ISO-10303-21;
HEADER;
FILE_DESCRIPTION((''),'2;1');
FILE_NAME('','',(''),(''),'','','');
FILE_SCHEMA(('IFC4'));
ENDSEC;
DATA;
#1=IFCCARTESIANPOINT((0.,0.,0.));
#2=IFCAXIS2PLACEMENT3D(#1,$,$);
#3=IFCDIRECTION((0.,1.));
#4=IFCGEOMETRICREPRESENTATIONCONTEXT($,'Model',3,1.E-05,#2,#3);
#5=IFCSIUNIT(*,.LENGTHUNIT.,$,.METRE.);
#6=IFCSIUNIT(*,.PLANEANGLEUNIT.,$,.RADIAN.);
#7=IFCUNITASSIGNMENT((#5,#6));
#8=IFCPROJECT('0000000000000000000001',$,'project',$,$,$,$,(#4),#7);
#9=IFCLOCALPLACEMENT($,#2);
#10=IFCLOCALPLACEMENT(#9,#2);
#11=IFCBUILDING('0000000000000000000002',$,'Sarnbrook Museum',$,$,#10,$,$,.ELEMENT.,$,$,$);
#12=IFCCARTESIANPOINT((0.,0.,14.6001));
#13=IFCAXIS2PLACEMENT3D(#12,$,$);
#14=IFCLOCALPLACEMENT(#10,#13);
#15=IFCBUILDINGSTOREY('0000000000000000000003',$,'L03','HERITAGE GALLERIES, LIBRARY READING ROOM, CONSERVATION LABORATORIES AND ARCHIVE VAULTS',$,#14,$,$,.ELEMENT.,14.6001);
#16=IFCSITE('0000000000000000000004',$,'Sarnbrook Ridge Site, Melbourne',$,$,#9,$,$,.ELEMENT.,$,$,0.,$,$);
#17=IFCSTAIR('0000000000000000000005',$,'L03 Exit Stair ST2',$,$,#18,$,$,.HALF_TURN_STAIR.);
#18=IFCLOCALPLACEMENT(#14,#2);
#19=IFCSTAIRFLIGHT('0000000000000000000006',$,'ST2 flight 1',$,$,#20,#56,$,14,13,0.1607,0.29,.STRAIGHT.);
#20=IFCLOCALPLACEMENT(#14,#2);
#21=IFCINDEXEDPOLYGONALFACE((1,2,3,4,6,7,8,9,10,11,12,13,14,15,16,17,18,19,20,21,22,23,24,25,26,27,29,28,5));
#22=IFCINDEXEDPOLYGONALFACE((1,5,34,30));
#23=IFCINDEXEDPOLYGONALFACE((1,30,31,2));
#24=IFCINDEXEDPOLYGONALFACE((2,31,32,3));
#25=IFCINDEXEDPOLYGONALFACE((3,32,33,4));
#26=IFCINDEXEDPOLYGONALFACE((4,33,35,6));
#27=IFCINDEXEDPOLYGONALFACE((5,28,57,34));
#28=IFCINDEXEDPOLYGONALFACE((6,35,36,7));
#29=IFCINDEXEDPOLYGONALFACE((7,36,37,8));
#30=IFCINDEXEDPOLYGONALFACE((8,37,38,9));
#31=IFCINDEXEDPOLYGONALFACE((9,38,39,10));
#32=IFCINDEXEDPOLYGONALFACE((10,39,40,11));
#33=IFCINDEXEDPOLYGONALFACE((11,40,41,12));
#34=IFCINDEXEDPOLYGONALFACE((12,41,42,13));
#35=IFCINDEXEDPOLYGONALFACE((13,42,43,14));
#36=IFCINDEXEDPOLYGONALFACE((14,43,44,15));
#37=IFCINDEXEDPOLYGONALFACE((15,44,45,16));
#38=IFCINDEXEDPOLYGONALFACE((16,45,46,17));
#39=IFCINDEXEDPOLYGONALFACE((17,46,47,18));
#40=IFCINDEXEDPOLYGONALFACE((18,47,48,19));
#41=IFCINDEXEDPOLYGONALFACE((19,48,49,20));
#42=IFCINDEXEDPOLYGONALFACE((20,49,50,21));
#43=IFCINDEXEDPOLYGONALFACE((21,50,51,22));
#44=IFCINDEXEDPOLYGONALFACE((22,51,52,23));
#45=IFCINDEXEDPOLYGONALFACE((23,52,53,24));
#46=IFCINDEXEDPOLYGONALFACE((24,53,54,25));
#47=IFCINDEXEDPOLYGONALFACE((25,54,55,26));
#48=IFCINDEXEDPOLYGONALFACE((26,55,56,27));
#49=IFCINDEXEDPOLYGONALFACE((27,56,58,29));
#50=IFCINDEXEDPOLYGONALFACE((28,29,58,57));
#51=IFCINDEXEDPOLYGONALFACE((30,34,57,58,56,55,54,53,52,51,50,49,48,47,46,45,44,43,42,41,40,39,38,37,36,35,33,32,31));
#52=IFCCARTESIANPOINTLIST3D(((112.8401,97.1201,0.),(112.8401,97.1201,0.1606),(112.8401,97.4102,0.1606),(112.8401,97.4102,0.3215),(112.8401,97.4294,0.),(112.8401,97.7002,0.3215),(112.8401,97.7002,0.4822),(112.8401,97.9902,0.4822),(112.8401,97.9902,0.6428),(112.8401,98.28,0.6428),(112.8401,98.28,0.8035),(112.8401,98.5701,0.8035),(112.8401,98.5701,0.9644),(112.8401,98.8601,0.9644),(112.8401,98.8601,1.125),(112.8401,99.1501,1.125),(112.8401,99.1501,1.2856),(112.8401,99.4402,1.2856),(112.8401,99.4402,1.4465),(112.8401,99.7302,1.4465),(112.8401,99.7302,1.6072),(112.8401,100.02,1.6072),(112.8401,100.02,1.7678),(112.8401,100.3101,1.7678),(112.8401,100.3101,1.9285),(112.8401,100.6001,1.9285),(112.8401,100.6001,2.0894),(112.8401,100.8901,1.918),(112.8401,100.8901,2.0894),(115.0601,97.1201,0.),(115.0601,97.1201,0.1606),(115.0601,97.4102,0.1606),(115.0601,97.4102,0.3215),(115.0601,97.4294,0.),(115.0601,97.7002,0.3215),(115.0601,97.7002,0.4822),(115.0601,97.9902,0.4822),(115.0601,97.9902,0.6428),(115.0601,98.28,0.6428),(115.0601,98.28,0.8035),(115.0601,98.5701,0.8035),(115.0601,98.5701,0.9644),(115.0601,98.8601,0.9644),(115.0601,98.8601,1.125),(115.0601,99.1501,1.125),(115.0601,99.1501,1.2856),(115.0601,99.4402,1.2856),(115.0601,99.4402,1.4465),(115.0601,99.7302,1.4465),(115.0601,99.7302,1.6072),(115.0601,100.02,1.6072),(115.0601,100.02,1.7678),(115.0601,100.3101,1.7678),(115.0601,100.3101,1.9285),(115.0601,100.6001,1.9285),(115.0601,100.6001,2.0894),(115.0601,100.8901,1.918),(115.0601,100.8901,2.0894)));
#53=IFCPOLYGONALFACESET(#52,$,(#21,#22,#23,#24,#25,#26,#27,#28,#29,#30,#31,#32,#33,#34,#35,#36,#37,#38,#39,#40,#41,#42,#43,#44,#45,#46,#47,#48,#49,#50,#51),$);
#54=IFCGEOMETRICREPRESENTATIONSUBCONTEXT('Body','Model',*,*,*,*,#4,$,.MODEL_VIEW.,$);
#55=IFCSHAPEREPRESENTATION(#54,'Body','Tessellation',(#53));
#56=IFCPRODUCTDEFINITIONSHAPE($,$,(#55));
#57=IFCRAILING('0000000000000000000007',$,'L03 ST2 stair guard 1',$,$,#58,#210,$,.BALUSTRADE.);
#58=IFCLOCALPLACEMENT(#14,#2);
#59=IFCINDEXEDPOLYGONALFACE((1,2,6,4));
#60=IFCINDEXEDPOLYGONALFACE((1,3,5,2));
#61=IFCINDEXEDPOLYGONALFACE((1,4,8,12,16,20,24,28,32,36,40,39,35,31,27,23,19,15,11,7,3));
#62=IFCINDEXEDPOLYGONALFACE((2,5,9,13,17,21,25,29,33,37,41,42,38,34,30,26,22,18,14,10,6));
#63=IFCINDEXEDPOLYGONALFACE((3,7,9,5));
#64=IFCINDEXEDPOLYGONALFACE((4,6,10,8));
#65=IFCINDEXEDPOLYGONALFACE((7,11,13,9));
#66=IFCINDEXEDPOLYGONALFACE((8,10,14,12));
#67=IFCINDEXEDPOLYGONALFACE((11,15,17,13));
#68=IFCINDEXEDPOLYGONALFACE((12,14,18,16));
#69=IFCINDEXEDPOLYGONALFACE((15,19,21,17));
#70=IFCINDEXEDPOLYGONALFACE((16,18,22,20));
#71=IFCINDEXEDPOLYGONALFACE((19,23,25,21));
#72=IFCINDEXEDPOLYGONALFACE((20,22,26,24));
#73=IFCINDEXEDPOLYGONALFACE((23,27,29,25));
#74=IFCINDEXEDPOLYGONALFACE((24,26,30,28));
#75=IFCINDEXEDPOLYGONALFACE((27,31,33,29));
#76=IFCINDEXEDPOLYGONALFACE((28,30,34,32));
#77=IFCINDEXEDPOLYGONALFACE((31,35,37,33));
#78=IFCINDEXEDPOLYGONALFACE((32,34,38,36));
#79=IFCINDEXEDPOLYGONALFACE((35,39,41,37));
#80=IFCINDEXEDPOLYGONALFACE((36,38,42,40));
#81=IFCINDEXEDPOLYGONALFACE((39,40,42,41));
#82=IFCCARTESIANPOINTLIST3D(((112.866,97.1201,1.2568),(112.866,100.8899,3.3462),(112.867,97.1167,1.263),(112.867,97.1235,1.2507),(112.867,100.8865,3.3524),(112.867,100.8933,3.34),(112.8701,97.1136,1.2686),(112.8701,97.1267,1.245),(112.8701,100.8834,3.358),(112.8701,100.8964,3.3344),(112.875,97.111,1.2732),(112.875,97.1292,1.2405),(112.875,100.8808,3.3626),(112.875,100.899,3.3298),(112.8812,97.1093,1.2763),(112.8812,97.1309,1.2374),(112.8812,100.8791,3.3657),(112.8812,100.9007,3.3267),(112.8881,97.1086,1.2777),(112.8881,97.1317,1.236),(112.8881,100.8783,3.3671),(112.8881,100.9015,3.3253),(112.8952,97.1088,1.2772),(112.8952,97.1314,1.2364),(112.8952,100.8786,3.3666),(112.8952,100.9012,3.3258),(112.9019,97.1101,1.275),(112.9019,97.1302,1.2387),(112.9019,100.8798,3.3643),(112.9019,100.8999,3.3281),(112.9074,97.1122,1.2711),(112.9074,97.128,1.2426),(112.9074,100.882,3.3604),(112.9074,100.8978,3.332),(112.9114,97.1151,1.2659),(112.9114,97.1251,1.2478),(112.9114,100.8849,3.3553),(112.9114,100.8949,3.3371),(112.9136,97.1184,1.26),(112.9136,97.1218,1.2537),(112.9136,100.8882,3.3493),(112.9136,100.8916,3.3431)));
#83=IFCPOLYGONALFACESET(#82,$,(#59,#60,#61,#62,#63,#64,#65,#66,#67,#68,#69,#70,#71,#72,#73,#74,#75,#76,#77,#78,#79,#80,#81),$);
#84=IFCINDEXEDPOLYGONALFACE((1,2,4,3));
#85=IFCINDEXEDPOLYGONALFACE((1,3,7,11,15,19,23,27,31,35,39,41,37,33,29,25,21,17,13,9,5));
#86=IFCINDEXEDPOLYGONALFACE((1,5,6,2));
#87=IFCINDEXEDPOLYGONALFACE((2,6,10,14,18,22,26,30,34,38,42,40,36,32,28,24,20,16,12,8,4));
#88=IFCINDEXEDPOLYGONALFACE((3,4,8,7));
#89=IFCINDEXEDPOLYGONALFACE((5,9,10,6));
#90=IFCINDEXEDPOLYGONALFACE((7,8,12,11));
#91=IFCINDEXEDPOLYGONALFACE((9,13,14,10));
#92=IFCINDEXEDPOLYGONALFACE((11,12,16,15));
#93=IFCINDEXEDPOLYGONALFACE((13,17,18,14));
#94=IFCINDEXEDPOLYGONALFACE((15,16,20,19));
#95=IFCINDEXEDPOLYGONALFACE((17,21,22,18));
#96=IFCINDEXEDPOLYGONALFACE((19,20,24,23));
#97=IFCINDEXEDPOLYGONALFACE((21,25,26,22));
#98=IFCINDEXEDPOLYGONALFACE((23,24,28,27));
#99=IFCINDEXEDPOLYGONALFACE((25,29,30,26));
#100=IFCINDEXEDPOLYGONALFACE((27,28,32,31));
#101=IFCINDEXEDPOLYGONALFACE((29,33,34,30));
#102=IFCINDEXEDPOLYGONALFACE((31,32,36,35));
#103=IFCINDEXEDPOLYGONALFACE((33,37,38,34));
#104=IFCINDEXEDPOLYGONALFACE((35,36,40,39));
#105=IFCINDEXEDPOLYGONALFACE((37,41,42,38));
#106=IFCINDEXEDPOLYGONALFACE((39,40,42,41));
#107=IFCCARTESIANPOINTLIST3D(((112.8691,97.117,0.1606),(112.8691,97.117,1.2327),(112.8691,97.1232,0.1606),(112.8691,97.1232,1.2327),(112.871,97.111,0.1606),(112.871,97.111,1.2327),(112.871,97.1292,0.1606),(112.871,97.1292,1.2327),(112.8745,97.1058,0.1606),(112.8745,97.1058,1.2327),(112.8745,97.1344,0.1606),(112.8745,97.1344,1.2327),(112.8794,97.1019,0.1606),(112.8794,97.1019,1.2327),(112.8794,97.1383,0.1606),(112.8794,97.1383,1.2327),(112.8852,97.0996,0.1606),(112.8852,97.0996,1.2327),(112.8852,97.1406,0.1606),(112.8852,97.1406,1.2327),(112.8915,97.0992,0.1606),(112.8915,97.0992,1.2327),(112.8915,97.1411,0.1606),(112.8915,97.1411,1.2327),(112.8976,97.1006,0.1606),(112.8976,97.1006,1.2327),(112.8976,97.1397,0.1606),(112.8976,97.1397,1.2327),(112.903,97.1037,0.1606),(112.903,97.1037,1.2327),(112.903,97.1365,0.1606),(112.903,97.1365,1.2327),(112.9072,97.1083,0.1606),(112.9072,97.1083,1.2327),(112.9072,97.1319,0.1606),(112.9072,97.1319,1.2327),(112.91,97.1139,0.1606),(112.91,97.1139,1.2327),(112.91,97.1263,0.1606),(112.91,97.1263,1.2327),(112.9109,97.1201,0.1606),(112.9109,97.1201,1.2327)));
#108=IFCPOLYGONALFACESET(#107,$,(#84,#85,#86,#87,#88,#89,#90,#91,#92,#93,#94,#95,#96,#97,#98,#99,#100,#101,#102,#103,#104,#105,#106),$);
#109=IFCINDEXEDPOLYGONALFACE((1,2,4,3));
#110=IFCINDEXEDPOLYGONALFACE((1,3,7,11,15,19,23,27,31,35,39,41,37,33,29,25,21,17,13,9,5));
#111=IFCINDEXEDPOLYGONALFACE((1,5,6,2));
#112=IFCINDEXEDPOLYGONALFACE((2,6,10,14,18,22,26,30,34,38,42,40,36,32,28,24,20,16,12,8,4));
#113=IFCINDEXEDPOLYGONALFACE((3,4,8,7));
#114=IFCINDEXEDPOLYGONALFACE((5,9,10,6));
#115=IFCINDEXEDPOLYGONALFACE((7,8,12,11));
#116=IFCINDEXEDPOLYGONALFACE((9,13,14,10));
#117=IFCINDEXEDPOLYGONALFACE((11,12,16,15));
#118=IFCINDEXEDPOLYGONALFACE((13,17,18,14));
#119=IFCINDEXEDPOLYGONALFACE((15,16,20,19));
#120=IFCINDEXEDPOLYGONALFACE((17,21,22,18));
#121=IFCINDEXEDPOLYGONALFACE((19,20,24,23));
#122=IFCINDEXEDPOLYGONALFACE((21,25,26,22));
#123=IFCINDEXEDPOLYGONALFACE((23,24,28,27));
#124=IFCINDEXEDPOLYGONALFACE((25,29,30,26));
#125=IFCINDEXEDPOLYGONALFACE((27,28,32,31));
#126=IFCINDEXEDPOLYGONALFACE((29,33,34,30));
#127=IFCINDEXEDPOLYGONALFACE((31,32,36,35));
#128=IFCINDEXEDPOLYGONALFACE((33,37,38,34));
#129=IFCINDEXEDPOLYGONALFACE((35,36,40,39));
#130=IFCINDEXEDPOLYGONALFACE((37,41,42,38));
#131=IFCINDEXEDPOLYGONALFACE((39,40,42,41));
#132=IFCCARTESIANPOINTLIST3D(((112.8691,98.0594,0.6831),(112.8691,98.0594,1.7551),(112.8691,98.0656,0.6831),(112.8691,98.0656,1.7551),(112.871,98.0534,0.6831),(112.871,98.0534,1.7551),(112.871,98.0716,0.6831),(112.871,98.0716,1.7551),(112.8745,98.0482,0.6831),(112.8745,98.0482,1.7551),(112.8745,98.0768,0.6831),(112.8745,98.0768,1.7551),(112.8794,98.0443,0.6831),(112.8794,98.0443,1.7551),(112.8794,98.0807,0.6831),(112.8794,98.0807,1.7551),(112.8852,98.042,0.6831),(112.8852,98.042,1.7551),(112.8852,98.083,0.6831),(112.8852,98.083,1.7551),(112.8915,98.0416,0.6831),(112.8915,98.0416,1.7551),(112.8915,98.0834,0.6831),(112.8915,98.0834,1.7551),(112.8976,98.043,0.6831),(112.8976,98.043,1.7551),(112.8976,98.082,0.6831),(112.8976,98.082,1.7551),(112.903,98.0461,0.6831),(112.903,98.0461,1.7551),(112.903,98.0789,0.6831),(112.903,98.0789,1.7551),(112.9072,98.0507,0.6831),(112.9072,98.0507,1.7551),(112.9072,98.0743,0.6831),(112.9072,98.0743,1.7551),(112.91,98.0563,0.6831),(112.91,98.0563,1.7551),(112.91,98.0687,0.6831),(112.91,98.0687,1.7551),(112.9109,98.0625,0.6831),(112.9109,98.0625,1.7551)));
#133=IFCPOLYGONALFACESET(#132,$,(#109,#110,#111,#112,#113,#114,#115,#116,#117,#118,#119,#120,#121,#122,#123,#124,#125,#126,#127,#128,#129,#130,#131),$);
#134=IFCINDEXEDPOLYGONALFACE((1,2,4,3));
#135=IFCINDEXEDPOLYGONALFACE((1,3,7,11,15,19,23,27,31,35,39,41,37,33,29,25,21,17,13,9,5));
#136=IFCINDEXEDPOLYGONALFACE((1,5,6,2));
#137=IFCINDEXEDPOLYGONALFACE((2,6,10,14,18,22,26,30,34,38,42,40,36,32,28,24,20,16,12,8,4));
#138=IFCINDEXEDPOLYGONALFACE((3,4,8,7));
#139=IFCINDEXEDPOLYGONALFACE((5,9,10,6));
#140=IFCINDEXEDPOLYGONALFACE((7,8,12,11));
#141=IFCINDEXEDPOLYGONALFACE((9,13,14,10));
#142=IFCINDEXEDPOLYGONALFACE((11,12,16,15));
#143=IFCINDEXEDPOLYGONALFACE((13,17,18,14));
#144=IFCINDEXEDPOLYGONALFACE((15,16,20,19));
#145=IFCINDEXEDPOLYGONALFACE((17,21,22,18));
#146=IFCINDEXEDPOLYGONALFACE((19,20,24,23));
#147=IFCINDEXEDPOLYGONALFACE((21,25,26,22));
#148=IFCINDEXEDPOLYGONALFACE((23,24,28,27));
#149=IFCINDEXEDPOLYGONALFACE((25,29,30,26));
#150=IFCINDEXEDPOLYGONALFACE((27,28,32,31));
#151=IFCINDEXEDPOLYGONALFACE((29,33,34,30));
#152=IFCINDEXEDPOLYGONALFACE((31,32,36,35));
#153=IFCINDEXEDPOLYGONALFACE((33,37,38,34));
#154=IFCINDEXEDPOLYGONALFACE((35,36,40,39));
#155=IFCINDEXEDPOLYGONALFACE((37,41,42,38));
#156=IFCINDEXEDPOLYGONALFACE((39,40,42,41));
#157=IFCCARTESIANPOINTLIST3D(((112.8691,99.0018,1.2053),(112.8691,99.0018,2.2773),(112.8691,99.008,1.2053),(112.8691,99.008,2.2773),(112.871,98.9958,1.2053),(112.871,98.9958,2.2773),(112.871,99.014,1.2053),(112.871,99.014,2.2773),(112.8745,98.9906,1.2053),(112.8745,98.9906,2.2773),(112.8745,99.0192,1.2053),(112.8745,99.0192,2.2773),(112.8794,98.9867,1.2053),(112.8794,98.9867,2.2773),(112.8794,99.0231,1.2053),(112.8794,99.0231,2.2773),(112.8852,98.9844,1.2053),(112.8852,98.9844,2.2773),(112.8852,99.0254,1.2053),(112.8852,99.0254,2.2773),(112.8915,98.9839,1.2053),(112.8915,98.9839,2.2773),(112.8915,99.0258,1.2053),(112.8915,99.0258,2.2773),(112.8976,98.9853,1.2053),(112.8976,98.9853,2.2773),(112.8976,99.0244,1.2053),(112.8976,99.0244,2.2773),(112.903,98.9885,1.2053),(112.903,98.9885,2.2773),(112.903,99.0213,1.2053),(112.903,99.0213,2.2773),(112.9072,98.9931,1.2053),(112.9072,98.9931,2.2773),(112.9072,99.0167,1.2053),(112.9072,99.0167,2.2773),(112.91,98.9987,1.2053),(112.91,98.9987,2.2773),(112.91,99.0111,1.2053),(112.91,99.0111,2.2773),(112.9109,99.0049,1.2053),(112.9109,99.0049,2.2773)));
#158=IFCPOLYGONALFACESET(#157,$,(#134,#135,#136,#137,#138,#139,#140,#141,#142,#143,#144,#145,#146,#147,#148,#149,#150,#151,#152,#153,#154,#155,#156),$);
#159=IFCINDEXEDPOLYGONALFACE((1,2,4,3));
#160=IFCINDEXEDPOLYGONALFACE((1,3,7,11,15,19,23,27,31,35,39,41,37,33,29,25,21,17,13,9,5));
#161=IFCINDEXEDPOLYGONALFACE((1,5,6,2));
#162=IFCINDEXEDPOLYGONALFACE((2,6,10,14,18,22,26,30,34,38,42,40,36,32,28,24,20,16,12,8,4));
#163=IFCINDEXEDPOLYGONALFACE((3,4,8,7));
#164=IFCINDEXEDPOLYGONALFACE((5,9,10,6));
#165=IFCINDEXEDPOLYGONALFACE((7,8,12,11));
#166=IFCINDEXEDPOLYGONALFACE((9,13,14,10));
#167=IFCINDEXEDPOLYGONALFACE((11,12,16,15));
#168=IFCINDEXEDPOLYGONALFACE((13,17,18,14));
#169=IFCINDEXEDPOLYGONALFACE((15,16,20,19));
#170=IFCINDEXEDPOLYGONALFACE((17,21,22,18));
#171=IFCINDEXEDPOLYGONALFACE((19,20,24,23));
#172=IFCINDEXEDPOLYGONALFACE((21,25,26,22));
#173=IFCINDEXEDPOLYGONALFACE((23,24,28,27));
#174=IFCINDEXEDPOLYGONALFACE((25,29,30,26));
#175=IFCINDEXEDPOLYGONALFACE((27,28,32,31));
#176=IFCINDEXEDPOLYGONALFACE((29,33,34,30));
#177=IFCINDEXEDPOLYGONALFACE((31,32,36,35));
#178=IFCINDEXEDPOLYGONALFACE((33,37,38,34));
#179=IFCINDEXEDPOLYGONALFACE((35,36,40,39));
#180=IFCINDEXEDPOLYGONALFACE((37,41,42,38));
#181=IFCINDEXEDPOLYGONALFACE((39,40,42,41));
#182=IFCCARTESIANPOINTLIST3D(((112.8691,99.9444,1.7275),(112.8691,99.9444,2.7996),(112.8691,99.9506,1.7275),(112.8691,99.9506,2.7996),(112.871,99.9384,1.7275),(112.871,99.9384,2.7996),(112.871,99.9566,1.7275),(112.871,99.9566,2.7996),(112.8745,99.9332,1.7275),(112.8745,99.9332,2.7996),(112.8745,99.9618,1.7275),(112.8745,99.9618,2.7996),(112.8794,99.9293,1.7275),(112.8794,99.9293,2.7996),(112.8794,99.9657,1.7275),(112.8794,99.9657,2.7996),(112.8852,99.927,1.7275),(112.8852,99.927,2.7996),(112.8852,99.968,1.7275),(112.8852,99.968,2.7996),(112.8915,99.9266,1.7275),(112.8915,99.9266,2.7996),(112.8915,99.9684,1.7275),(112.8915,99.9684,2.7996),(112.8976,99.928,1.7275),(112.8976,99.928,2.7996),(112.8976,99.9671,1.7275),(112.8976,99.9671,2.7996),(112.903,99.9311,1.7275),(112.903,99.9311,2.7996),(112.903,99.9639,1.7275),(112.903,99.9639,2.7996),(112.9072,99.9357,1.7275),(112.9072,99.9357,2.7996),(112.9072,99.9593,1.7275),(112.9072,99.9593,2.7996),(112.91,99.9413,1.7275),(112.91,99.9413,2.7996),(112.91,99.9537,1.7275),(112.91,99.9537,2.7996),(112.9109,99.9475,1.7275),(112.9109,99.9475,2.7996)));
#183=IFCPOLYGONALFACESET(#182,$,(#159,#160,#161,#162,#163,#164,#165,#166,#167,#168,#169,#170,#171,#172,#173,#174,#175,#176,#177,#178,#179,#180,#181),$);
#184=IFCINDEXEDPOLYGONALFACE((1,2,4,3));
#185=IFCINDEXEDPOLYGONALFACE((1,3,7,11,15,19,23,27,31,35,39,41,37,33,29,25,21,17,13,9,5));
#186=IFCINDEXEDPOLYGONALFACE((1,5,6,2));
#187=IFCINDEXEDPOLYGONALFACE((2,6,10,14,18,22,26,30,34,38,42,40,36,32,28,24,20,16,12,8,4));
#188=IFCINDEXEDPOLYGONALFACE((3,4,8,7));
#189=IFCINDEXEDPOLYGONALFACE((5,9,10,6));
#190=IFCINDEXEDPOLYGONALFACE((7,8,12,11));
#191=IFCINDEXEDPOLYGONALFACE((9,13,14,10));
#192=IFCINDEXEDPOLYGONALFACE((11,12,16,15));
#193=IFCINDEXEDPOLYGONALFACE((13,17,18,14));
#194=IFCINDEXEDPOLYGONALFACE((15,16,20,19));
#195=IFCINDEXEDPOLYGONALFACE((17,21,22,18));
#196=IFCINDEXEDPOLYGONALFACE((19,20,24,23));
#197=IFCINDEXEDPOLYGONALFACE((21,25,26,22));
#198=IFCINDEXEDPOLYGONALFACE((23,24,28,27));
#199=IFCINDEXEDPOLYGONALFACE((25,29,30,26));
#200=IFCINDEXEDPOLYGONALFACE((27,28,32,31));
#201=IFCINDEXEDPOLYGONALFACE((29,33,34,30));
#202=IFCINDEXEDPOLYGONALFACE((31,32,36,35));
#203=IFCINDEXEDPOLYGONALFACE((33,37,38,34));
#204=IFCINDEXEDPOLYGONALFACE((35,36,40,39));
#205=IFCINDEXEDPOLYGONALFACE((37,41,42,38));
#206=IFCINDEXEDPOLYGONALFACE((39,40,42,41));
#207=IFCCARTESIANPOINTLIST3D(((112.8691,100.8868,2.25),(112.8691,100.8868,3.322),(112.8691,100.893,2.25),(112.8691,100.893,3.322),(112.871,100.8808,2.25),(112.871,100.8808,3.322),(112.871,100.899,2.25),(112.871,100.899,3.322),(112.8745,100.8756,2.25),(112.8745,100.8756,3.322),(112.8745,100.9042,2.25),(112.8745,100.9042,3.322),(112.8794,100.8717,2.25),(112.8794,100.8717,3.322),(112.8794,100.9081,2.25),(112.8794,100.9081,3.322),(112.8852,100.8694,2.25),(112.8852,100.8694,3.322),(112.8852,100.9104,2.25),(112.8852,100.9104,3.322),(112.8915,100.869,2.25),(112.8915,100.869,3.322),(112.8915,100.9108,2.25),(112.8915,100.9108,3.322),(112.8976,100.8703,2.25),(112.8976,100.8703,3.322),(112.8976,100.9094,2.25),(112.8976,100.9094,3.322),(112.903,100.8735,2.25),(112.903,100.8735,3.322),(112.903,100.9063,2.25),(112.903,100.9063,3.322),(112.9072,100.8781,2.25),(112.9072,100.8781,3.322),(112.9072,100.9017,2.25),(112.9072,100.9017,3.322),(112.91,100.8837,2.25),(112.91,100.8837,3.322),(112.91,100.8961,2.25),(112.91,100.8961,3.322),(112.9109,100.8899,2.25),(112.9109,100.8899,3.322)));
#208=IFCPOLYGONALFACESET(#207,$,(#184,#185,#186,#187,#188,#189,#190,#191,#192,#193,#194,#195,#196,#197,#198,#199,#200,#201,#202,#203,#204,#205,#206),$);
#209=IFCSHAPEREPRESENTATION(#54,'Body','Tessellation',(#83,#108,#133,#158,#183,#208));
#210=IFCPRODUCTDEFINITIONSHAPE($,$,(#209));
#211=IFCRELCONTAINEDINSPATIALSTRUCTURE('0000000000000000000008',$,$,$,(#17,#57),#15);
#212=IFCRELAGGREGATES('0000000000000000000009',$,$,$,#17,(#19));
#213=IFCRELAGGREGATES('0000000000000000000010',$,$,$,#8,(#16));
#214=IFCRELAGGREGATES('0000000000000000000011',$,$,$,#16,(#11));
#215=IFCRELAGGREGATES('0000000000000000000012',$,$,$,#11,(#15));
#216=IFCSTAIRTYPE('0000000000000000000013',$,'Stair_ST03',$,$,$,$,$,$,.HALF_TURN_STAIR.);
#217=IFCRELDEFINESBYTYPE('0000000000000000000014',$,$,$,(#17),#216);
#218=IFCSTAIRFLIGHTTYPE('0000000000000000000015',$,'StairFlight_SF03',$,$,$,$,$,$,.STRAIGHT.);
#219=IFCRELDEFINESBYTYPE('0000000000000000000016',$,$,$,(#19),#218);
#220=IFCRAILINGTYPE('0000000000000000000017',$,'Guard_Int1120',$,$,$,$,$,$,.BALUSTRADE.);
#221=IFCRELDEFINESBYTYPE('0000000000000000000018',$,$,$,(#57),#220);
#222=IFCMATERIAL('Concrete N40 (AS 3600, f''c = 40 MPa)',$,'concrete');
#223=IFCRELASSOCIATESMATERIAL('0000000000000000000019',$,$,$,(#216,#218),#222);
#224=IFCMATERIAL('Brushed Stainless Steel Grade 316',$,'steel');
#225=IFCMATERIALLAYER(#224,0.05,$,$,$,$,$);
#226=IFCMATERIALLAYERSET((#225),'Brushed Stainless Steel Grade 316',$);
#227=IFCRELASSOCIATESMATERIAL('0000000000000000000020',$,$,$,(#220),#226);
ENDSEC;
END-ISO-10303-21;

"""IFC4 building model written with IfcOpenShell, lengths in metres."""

from ifc_helpers import new_model, si_unit, direction, frame, origin, origin_2d, place, context, subcontext, project, spatial, polyline, circle, outline, extrude, material, layer, layer_set, type_object, element, aggregate, save


model = new_model("IFC4")

# Units and contexts
model_context = context("Model", 3, precision=1e-05, world=origin(), true_north=direction((0.0, 1.0)))
body_context = subcontext(model_context, "Body", "Model", "MODEL_VIEW")
ifc_project = project(units=[si_unit("LENGTHUNIT", "METRE"), si_unit("PLANEANGLEUNIT", "RADIAN")], contexts=[model_context])

# Site, building, storey
site_placement = place(None, origin())
site = spatial("IfcSite", under=ifc_project, at=site_placement, Name="Sarnbrook Ridge Site, Melbourne", CompositionType="ELEMENT", RefElevation=0.0)
building_placement = place(site_placement, origin())
building = spatial("IfcBuilding", under=site, at=building_placement, Name="Sarnbrook Museum", CompositionType="ELEMENT")
storey_placement = place(building_placement, frame((0.0, 0.0, 14.6001)))
storey = spatial("IfcBuildingStorey", under=building, at=storey_placement, Name="L03", Description="HERITAGE GALLERIES, LIBRARY READING ROOM, CONSERVATION LABORATORIES AND ARCHIVE VAULTS", CompositionType="ELEMENT", Elevation=14.6001)

# Shared definitions
ifc_material_1 = material(Name="Concrete N40 (AS 3600, f'c = 40 MPa)", Category="concrete")

# Stair, stair flight
stair_type = type_object("IfcStairType", Name="Stair_ST03", PredefinedType="HALF_TURN_STAIR", material=ifc_material_1)
stair_placement = place(storey_placement, origin())
stair = element("IfcStair", 1, at=stair_placement, inside=storey, type_object=stair_type, Name="L03 Exit Stair ST2", PredefinedType="HALF_TURN_STAIR")
stair_flight_type = type_object("IfcStairFlightType", Name="StairFlight_SF03", PredefinedType="STRAIGHT", material=ifc_material_1)
stair_flight_placement = place(storey_placement, frame((113.95, 97.1201, 0.0), z_axis=(0.0, 0.0, 1.0), x_axis=(0.0, 1.0, 0.0)))
stair_flight = element("IfcStairFlight", 2, at=stair_flight_placement, type_object=stair_flight_type, Name="ST2 flight 1", NumberOfRisers=14, NumberOfTreads=13, PredefinedType="STRAIGHT", RiserHeight=0.1607, TreadLength=0.29, context=body_context, shape_type="SweptSolid", body=[
    extrude(outline(polyline([(0.0, 0.0), (0.0, 0.1606), (0.29, 0.1606), (0.29, 0.3215), (0.5801, 0.3215), (0.5801, 0.4822), (0.8701, 0.4822), (0.8701, 0.6428), (1.1599, 0.6428), (1.1599, 0.8035), (1.45, 0.8035), (1.45, 0.9644), (1.74, 0.9644), (1.74, 1.125), (2.03, 1.125), (2.03, 1.2856), (2.3201, 1.2856), (2.3201, 1.4465), (2.6101, 1.4465), (2.6101, 1.6072), (2.8999, 1.6072), (2.8999, 1.7678), (3.1899, 1.7678), (3.1899, 1.9285), (3.48, 1.9285), (3.48, 2.0894), (3.77, 2.0894), (3.77, 2.25), (3.77, 1.918), (0.3093, 0.0), (0.0, 0.0)])), frame((0.0, 1.1099, 0.0), z_axis=(0.0, -1.0, 0.0), x_axis=(1.0, 0.0, 0.0)), (0.0, 0.0, 1.0), 2.22),
])
aggregate(stair, [stair_flight])

# Railing
ifc_material_2 = material(Name="Brushed Stainless Steel Grade 316", Category="steel")
ifc_layer_1 = layer(ifc_material_2, 0.05)
ifc_layer_set_1 = layer_set([ifc_layer_1], Name="Brushed Stainless Steel Grade 316")
railing_type_1 = type_object("IfcRailingType", Name="Guard_Int1120", PredefinedType="BALUSTRADE", material=ifc_layer_set_1)
railing_1_placement = place(storey_placement, frame((112.8899, 97.1201, 0.1606)))
element("IfcRailing", 3, at=railing_1_placement, inside=storey, type_object=railing_type_1, Name="L03 ST2 stair guard 1", PredefinedType="BALUSTRADE", context=body_context, shape_type="SweptSolid", body=[
    extrude(circle(Radius=0.0239, at=origin_2d()), frame((0.0, 0.0, 1.0962), z_axis=(0.0, 0.874646, 0.484763), x_axis=(-1.0, 0.0, 0.0)), (0.0, 0.0, 1.0), 4.3101),
    extrude(circle(Radius=0.021, at=origin_2d()), origin(), (0.0, 0.0, 1.0), 1.072),
    extrude(circle(Radius=0.021, at=origin_2d()), frame((0.0, 0.9424, 0.5225)), (0.0, 0.0, 1.0), 1.072),
    extrude(circle(Radius=0.021, at=origin_2d()), frame((0.0, 1.8848, 1.0447)), (0.0, 0.0, 1.0), 1.072),
    extrude(circle(Radius=0.021, at=origin_2d()), frame((0.0, 2.8274, 1.5669)), (0.0, 0.0, 1.0), 1.072),
    extrude(circle(Radius=0.021, at=origin_2d()), frame((0.0, 3.7698, 2.0894)), (0.0, 0.0, 1.0), 1.072),
])

save(model, "model.ifc")
